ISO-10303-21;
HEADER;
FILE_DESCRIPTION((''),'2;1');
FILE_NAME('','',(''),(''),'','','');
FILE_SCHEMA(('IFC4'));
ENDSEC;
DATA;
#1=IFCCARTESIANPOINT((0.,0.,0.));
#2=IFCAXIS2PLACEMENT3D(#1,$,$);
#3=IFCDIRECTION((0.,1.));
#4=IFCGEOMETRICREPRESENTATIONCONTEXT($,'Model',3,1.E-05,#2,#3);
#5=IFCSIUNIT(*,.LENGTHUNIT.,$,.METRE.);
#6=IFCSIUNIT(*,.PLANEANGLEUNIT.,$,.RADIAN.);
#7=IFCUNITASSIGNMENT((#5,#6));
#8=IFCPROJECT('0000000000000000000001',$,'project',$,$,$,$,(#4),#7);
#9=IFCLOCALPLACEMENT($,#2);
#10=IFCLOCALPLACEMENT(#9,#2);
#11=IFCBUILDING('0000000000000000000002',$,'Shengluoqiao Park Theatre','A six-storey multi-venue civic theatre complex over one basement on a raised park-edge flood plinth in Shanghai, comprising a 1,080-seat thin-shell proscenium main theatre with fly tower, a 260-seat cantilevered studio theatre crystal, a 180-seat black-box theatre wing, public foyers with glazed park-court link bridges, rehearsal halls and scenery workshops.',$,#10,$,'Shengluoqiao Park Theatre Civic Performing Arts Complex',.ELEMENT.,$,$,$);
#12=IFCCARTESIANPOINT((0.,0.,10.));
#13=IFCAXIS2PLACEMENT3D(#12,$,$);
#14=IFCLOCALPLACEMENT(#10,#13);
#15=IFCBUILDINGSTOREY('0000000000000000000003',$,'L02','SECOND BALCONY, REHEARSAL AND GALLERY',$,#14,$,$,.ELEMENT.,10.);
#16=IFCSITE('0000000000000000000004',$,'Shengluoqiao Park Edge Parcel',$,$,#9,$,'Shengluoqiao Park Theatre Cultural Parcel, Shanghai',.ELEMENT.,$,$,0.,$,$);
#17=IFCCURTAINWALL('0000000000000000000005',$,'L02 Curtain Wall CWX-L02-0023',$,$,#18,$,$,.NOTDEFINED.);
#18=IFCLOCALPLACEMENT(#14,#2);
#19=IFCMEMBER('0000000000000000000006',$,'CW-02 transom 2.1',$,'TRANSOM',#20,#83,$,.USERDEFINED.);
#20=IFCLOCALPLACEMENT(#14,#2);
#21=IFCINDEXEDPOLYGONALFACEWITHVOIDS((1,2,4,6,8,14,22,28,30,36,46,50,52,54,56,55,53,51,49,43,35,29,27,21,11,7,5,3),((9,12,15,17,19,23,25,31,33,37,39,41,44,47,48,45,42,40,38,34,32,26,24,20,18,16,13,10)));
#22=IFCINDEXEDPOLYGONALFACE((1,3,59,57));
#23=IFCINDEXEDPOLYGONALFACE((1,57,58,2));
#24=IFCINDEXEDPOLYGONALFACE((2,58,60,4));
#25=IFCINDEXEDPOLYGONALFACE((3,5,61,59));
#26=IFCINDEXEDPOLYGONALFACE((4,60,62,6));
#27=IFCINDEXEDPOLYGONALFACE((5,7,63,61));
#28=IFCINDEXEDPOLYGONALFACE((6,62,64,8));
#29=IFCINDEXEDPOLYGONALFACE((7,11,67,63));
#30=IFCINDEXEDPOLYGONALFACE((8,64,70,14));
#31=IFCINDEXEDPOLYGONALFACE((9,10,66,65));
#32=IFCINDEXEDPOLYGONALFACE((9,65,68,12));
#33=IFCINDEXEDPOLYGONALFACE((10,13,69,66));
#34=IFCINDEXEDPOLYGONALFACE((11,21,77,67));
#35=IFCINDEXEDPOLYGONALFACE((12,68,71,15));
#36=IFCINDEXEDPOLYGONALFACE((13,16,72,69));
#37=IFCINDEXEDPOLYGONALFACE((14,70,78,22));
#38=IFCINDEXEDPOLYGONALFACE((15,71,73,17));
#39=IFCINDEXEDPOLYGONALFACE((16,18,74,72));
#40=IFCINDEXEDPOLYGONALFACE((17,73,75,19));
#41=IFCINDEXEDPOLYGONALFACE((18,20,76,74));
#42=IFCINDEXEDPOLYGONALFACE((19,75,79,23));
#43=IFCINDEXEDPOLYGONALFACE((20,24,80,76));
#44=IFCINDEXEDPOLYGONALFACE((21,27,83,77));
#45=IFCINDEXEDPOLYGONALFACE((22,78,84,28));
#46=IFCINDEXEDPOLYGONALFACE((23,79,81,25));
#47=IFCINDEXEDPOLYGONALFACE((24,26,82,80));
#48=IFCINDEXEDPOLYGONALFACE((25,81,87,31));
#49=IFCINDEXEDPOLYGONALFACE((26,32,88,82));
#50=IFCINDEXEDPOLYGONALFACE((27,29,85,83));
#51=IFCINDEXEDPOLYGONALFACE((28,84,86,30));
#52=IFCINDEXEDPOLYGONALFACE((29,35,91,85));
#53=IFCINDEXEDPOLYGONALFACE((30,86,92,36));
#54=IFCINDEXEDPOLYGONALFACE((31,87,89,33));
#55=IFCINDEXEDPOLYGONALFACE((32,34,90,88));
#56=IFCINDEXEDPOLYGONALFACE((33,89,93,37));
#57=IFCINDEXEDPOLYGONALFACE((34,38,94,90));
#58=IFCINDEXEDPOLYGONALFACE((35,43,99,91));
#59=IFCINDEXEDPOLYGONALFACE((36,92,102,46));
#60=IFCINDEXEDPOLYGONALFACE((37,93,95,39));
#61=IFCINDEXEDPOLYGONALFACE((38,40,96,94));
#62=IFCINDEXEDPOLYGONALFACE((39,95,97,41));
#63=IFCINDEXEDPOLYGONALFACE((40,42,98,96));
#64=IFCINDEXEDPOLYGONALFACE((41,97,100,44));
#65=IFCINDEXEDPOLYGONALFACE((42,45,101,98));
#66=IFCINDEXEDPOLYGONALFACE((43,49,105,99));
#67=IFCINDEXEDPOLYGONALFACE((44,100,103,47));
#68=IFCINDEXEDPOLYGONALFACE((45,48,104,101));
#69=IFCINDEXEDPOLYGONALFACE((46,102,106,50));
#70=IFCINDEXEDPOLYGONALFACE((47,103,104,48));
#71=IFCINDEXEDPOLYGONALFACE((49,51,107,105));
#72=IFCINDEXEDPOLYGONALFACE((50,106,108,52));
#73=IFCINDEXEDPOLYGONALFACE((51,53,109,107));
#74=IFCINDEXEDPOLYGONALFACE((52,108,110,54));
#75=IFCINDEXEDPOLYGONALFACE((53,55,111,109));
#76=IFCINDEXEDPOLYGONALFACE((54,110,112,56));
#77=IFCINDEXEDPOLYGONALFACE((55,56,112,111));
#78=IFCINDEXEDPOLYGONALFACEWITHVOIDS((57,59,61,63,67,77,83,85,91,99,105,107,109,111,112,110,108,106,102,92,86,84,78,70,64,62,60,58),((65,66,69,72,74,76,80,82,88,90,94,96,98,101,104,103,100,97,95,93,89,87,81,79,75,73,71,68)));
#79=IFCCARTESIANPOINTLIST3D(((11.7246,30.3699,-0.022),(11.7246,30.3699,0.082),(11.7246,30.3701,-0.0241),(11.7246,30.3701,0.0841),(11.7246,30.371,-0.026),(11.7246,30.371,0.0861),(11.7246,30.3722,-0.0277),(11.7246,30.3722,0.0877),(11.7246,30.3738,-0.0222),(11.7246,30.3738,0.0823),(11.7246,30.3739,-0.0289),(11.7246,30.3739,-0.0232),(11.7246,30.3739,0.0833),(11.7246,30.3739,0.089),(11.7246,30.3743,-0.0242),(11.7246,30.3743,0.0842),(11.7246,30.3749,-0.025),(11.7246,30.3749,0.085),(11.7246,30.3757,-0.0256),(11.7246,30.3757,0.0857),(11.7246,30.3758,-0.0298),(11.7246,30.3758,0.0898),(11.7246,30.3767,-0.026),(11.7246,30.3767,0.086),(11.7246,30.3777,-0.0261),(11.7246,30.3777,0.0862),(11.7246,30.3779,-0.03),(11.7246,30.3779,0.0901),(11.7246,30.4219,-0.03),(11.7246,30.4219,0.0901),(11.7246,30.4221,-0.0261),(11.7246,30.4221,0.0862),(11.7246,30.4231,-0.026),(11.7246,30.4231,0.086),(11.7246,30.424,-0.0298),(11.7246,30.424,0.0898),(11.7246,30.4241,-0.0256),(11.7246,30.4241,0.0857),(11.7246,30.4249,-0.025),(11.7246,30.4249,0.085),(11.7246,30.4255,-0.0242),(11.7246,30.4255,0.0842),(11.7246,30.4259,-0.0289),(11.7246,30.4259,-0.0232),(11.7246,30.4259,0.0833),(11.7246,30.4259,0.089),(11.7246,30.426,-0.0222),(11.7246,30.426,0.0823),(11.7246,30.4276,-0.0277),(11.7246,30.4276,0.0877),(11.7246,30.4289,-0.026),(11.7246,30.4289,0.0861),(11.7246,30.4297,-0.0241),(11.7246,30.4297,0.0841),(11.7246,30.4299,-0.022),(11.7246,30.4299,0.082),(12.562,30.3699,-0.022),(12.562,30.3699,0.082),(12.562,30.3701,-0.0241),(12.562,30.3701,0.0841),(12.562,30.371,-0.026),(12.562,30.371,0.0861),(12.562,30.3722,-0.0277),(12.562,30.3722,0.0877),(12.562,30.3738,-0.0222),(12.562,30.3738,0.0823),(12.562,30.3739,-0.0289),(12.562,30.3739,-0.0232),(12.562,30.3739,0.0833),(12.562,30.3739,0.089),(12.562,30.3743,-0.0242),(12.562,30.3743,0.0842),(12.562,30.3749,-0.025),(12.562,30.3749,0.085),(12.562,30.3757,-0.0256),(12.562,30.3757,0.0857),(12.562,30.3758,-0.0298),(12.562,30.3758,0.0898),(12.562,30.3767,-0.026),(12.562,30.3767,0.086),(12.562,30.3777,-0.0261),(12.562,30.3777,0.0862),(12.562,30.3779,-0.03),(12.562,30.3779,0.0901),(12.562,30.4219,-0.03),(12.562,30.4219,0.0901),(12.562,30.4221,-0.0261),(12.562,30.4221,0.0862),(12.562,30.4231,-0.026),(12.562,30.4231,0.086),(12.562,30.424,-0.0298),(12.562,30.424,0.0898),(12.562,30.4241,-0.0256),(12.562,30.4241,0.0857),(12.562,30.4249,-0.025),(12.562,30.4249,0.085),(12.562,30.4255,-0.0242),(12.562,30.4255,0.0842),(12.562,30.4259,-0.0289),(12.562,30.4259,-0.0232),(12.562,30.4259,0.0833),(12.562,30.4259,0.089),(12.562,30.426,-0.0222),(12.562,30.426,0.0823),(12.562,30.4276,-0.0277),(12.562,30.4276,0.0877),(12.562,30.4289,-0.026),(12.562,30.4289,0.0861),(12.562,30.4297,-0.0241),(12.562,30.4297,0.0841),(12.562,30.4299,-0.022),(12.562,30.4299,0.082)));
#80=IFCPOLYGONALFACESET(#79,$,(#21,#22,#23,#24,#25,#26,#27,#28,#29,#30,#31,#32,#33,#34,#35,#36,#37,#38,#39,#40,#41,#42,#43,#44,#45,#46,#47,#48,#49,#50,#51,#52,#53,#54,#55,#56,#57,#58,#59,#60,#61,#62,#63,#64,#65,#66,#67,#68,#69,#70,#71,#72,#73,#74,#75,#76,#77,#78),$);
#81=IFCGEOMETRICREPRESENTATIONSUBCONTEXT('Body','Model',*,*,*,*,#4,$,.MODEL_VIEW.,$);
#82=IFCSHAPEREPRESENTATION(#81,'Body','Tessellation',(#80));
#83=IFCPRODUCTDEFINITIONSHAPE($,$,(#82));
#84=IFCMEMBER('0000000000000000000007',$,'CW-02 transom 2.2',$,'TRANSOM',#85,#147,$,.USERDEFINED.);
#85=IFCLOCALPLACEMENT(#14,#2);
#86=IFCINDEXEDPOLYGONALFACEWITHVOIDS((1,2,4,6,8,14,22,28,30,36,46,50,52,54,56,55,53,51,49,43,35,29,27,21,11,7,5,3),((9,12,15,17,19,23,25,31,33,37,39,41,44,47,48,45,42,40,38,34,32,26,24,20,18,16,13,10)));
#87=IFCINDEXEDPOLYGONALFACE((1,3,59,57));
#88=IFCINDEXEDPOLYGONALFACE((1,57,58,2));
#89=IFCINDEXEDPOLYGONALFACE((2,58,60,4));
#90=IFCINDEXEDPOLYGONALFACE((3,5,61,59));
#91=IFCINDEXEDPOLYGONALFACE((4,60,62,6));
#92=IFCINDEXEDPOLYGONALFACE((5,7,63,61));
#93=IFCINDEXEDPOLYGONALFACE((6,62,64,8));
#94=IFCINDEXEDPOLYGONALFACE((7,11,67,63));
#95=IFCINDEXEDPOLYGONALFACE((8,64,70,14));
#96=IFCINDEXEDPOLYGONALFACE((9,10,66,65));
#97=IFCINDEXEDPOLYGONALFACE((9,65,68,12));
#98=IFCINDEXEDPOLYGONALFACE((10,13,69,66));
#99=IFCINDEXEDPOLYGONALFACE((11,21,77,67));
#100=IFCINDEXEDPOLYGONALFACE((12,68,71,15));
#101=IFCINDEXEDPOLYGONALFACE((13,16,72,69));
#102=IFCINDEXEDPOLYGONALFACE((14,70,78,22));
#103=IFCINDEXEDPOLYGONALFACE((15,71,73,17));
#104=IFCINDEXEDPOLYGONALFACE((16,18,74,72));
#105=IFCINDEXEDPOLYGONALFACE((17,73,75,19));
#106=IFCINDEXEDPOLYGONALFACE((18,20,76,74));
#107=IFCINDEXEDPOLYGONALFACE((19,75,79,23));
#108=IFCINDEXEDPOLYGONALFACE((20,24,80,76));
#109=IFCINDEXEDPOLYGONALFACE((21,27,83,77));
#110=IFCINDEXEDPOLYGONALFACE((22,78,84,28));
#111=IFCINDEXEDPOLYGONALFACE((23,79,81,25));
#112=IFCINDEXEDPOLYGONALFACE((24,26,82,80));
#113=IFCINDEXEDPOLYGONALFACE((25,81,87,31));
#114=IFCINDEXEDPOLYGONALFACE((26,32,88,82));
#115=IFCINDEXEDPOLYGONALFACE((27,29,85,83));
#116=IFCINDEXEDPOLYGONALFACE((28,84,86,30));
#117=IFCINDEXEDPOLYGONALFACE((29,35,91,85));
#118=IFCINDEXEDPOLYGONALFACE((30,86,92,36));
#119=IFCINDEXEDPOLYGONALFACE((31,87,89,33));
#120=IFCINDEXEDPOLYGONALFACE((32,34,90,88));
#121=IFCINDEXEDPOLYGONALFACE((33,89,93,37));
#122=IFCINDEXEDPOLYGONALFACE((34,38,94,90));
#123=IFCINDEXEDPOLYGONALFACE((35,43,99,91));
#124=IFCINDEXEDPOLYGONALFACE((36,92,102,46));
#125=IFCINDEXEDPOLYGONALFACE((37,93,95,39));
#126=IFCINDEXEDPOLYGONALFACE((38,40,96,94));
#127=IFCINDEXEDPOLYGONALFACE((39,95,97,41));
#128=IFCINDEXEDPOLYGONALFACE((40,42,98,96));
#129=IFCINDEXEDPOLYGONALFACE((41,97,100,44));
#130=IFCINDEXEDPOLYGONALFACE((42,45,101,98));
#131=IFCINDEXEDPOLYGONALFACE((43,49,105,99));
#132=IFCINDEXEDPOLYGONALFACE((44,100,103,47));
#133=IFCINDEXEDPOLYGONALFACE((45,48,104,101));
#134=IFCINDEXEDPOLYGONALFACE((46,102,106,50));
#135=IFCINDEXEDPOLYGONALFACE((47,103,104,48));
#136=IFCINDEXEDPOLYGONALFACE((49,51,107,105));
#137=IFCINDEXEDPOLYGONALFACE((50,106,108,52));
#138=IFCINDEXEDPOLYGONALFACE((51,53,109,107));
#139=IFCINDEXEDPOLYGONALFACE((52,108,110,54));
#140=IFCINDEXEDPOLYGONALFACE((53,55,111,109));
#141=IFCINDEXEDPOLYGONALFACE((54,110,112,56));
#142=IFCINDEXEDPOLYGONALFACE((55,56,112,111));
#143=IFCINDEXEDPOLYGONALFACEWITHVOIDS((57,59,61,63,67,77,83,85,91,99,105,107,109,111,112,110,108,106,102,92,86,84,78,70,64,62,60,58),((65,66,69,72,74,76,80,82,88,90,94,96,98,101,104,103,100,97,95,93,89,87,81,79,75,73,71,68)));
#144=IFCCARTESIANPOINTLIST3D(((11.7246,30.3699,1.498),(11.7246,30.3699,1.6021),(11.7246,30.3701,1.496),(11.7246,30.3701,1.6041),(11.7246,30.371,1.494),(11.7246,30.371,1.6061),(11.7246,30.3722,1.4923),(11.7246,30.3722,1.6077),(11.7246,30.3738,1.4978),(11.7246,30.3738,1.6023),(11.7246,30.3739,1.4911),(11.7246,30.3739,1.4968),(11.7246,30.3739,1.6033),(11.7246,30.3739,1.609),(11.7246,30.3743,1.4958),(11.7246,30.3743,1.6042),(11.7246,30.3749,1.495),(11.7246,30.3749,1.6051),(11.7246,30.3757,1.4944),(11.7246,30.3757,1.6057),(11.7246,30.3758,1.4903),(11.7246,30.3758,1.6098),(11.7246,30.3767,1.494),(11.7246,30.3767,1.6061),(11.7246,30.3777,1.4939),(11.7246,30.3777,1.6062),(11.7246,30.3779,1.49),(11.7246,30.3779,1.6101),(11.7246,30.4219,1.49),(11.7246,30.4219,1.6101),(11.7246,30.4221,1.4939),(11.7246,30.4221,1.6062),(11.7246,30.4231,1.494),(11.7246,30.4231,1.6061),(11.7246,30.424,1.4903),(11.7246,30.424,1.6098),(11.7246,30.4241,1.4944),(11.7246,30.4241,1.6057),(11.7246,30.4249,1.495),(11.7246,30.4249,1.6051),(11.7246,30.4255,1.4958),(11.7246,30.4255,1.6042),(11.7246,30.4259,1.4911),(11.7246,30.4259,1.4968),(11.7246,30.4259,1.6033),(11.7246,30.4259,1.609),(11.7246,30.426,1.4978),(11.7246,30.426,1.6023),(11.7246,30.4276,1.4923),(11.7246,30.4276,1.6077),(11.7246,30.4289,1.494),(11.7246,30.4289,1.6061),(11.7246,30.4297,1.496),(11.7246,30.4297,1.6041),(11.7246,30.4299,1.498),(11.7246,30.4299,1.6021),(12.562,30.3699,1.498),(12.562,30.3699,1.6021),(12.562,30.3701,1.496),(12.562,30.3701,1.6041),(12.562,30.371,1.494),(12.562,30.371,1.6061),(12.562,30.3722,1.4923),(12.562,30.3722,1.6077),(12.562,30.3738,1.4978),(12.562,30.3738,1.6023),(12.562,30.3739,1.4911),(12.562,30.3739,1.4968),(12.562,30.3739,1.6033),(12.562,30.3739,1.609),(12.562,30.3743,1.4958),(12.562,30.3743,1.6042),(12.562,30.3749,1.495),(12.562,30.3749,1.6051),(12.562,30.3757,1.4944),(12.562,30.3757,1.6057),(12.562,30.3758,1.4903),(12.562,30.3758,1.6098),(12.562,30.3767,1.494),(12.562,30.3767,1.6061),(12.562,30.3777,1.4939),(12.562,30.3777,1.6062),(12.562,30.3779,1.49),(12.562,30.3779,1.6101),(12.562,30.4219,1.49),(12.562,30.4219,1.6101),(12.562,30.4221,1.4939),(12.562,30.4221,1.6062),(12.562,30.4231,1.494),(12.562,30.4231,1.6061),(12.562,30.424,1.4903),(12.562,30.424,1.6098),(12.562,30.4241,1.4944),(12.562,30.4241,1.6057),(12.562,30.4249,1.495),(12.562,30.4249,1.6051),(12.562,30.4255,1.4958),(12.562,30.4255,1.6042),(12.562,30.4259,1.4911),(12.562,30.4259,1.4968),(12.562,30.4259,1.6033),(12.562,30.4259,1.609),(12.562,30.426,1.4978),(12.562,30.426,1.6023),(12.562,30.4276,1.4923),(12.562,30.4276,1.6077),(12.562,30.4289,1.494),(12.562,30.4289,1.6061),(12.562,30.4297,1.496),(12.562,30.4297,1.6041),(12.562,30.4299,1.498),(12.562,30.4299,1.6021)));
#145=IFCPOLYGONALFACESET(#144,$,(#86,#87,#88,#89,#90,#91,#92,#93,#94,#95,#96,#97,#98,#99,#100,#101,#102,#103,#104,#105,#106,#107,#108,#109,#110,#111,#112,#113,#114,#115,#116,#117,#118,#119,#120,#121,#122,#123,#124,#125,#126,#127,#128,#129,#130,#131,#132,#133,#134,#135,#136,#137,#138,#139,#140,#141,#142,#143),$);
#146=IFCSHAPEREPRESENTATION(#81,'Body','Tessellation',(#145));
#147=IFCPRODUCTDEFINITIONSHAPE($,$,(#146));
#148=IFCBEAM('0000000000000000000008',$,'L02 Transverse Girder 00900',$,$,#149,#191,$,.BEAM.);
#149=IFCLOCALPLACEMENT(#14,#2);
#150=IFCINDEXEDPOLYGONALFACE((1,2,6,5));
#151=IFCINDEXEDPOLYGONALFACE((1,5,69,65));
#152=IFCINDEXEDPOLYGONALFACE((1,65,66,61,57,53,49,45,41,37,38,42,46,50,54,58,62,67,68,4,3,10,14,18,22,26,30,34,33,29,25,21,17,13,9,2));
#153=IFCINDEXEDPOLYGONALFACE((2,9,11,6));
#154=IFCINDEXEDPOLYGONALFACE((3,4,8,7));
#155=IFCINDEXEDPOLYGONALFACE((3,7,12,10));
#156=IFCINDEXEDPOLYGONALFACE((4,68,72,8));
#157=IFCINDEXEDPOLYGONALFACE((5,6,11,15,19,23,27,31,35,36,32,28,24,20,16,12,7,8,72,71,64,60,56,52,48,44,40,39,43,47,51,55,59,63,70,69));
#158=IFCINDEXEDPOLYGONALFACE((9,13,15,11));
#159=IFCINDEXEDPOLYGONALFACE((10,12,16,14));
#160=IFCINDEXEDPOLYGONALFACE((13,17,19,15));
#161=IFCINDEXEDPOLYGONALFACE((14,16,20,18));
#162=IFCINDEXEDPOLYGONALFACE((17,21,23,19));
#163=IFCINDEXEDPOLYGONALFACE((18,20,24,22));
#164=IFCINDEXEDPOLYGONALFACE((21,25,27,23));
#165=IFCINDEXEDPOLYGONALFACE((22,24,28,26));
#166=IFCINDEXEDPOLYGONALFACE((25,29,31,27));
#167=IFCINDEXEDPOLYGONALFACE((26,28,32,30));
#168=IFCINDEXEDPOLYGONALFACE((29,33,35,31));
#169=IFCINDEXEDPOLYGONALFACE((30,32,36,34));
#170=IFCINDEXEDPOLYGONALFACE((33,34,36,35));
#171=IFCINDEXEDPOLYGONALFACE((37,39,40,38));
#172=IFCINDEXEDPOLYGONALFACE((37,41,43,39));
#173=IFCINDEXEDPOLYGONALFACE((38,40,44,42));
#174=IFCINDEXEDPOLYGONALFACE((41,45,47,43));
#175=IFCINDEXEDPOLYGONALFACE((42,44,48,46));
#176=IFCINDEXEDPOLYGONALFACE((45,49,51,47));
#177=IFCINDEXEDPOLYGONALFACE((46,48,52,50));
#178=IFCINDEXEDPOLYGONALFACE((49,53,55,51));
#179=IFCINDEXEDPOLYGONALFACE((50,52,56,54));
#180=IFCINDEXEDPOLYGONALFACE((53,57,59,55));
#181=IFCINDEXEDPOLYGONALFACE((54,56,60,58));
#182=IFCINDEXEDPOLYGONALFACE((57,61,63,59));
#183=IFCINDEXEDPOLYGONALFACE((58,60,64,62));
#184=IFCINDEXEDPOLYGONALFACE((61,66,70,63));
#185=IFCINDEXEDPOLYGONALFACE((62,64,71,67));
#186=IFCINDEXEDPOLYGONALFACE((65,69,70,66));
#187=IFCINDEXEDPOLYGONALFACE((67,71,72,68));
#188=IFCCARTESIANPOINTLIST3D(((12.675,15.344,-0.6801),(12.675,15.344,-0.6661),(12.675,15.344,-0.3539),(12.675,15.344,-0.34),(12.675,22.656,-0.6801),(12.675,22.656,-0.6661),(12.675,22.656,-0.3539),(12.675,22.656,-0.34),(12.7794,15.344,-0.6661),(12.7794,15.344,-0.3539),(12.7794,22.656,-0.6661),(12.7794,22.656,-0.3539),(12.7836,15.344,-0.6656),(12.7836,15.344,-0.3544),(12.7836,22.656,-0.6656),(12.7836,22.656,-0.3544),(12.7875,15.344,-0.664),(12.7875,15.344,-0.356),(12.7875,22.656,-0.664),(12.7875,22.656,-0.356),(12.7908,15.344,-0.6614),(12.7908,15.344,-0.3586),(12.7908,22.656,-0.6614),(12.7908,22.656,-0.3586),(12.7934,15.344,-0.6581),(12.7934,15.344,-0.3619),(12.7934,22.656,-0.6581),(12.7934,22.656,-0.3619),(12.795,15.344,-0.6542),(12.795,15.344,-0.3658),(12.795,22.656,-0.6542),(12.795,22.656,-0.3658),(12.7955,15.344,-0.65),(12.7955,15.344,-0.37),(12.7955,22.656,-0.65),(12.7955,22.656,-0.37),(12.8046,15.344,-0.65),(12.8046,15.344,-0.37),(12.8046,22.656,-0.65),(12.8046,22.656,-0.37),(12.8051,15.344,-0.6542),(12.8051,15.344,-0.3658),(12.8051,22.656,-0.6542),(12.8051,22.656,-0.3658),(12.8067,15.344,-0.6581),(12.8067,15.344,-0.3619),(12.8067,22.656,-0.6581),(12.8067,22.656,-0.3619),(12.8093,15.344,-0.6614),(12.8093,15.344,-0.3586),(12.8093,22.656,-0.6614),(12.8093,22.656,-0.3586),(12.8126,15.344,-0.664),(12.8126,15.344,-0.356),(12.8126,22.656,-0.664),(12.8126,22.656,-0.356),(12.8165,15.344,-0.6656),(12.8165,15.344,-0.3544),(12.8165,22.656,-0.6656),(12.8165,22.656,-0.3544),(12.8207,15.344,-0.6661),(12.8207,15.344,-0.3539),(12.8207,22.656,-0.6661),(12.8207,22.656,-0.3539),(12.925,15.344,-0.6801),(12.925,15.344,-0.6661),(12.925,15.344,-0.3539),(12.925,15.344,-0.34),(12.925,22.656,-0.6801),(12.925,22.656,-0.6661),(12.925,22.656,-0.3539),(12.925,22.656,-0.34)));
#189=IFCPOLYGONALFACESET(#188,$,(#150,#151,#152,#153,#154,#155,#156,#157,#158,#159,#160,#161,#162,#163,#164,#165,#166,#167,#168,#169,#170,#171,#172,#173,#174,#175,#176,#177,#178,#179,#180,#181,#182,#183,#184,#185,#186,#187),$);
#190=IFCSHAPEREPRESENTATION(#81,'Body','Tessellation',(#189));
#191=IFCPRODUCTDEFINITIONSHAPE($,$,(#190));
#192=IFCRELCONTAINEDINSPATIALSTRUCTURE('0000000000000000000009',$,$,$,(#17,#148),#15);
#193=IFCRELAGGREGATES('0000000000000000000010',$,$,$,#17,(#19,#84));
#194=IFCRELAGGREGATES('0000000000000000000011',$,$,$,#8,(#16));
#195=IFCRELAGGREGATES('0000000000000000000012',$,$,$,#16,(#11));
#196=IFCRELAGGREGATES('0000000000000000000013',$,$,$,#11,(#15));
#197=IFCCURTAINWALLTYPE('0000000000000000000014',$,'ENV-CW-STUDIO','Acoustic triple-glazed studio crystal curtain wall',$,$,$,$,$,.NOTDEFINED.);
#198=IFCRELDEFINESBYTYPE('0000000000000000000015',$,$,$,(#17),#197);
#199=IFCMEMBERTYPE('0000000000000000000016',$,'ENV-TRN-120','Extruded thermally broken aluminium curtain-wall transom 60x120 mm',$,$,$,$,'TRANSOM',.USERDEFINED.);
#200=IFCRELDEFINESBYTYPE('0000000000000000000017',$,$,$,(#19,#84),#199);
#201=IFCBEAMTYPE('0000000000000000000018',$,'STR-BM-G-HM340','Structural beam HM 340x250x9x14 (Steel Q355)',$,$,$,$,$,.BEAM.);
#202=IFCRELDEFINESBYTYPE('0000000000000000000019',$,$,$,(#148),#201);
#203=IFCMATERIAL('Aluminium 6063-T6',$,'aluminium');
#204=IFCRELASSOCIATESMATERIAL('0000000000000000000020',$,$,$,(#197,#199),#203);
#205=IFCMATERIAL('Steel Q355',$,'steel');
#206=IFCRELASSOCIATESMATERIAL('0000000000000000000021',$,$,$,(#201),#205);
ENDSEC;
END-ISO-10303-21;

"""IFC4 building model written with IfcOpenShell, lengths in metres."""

from ifc_helpers import new_model, si_unit, direction, frame, origin, origin_2d, place, context, subcontext, project, spatial, hollow_rectangle, i_section, extrude, material, material_profile, profile_set, type_object, element, aggregate, save


model = new_model("IFC4")

# Units and contexts
model_context = context("Model", 3, precision=1e-05, world=origin(), true_north=direction((0.0, 1.0)))
body_context = subcontext(model_context, "Body", "Model", "MODEL_VIEW")
ifc_project = project(units=[si_unit("LENGTHUNIT", "METRE"), si_unit("PLANEANGLEUNIT", "RADIAN")], contexts=[model_context])

# Site, building, storey
site_placement = place(None, origin())
site = spatial("IfcSite", under=ifc_project, at=site_placement, Name="Shengluoqiao Park Edge Parcel", LongName="Shengluoqiao Park Theatre Cultural Parcel, Shanghai", CompositionType="ELEMENT", RefElevation=0.0)
building_placement = place(site_placement, origin())
building = spatial("IfcBuilding", under=site, at=building_placement, Name="Shengluoqiao Park Theatre", Description="A six-storey multi-venue civic theatre complex over one basement on a raised park-edge flood plinth in Shanghai, comprising a 1,080-seat thin-shell proscenium main theatre with fly tower, a 260-seat cantilevered studio theatre crystal, a 180-seat black-box theatre wing, public foyers with glazed park-court link bridges, rehearsal halls and scenery workshops.", LongName="Shengluoqiao Park Theatre Civic Performing Arts Complex", CompositionType="ELEMENT")
storey_placement = place(building_placement, frame((0.0, 0.0, 10.0)))
storey = spatial("IfcBuildingStorey", under=building, at=storey_placement, Name="L02", Description="SECOND BALCONY, REHEARSAL AND GALLERY", CompositionType="ELEMENT", Elevation=10.0)

# Shared definitions
ifc_material_1 = material(Name="Steel Q355", Category="steel")

# Curtain wall, members
ifc_material_2 = material(Name="Aluminium 6063-T6", Category="aluminium")
curtain_wall_type = type_object("IfcCurtainWallType", Name="ENV-CW-STUDIO", Description="Acoustic triple-glazed studio crystal curtain wall", PredefinedType="NOTDEFINED", material=ifc_material_2)
curtain_wall_placement = place(storey_placement, origin())
curtain_wall = element("IfcCurtainWall", 1, at=curtain_wall_placement, inside=storey, type_object=curtain_wall_type, Name="L02 Curtain Wall CWX-L02-0023", PredefinedType="NOTDEFINED")
ifc_material_profile_1 = material_profile(ifc_material_2, hollow_rectangle(XDim=0.0601, YDim=0.1201, WallThickness=0.0039, InnerFilletRadius=0.0039, OuterFilletRadius=0.0081, at=origin_2d()), Name="ALU TRANSOM 120x60x4")
ifc_profile_set_1 = profile_set([ifc_material_profile_1], Name="Aluminium 6063-T6")
member_type_1 = type_object("IfcMemberType", Name="ENV-TRN-120", Description="Extruded thermally broken aluminium curtain-wall transom 60x120 mm", ElementType="TRANSOM", PredefinedType="USERDEFINED", material=ifc_profile_set_1)
member_1_placement = place(storey_placement, frame((11.7246, 30.3999, 0.03), z_axis=(1.0, 0.0, 0.0), x_axis=(0.0, 1.0, 0.0)))
member_1 = element("IfcMember", 2, at=member_1_placement, type_object=member_type_1, Name="CW-02 transom 2.1", ObjectType="TRANSOM", PredefinedType="USERDEFINED", context=body_context, shape_type="SweptSolid", body=[
    extrude(hollow_rectangle(XDim=0.0601, YDim=0.1201, WallThickness=0.0039, InnerFilletRadius=0.0039, OuterFilletRadius=0.0081, at=origin_2d()), origin(), (0.0, 0.0, 1.0), 0.8374),
])
member_2_placement = place(storey_placement, frame((11.7246, 30.3999, 1.55), z_axis=(1.0, 0.0, 0.0), x_axis=(0.0, 1.0, 0.0)))
member_2 = element("IfcMember", 3, at=member_2_placement, type_object=member_type_1, Name="CW-02 transom 2.2", ObjectType="TRANSOM", PredefinedType="USERDEFINED", context=body_context, shape_type="SweptSolid", body=[
    extrude(hollow_rectangle(XDim=0.0601, YDim=0.1201, WallThickness=0.0039, InnerFilletRadius=0.0039, OuterFilletRadius=0.0081, at=origin_2d()), origin(), (0.0, 0.0, 1.0), 0.8374),
])

# Beam
ifc_material_profile_2 = material_profile(ifc_material_1, i_section(OverallWidth=0.25, OverallDepth=0.3401, WebThickness=0.009, FlangeThickness=0.0139, FilletRadius=0.0161, at=origin_2d()), Name="HM 340x250x9x14")
ifc_profile_set_2 = profile_set([ifc_material_profile_2], Name="Steel Q355")
beam_type_1 = type_object("IfcBeamType", Name="STR-BM-G-HM340", Description="Structural beam HM 340x250x9x14 (Steel Q355)", PredefinedType="BEAM", material=ifc_profile_set_2)
beam_1_placement = place(storey_placement, frame((12.8, 15.344, -0.51), z_axis=(0.0, 1.0, 0.0), x_axis=(-1.0, 0.0, 0.0)))
element("IfcBeam", 4, at=beam_1_placement, inside=storey, type_object=beam_type_1, Name="L02 Transverse Girder 00900", PredefinedType="BEAM", context=body_context, shape_type="SweptSolid", body=[
    extrude(i_section(OverallWidth=0.25, OverallDepth=0.3401, WebThickness=0.009, FlangeThickness=0.0139, FilletRadius=0.0161, at=origin_2d()), origin(), (0.0, 0.0, 1.0), 7.312),
])

aggregate(curtain_wall, [member_1, member_2])

save(model, "model.ifc")
